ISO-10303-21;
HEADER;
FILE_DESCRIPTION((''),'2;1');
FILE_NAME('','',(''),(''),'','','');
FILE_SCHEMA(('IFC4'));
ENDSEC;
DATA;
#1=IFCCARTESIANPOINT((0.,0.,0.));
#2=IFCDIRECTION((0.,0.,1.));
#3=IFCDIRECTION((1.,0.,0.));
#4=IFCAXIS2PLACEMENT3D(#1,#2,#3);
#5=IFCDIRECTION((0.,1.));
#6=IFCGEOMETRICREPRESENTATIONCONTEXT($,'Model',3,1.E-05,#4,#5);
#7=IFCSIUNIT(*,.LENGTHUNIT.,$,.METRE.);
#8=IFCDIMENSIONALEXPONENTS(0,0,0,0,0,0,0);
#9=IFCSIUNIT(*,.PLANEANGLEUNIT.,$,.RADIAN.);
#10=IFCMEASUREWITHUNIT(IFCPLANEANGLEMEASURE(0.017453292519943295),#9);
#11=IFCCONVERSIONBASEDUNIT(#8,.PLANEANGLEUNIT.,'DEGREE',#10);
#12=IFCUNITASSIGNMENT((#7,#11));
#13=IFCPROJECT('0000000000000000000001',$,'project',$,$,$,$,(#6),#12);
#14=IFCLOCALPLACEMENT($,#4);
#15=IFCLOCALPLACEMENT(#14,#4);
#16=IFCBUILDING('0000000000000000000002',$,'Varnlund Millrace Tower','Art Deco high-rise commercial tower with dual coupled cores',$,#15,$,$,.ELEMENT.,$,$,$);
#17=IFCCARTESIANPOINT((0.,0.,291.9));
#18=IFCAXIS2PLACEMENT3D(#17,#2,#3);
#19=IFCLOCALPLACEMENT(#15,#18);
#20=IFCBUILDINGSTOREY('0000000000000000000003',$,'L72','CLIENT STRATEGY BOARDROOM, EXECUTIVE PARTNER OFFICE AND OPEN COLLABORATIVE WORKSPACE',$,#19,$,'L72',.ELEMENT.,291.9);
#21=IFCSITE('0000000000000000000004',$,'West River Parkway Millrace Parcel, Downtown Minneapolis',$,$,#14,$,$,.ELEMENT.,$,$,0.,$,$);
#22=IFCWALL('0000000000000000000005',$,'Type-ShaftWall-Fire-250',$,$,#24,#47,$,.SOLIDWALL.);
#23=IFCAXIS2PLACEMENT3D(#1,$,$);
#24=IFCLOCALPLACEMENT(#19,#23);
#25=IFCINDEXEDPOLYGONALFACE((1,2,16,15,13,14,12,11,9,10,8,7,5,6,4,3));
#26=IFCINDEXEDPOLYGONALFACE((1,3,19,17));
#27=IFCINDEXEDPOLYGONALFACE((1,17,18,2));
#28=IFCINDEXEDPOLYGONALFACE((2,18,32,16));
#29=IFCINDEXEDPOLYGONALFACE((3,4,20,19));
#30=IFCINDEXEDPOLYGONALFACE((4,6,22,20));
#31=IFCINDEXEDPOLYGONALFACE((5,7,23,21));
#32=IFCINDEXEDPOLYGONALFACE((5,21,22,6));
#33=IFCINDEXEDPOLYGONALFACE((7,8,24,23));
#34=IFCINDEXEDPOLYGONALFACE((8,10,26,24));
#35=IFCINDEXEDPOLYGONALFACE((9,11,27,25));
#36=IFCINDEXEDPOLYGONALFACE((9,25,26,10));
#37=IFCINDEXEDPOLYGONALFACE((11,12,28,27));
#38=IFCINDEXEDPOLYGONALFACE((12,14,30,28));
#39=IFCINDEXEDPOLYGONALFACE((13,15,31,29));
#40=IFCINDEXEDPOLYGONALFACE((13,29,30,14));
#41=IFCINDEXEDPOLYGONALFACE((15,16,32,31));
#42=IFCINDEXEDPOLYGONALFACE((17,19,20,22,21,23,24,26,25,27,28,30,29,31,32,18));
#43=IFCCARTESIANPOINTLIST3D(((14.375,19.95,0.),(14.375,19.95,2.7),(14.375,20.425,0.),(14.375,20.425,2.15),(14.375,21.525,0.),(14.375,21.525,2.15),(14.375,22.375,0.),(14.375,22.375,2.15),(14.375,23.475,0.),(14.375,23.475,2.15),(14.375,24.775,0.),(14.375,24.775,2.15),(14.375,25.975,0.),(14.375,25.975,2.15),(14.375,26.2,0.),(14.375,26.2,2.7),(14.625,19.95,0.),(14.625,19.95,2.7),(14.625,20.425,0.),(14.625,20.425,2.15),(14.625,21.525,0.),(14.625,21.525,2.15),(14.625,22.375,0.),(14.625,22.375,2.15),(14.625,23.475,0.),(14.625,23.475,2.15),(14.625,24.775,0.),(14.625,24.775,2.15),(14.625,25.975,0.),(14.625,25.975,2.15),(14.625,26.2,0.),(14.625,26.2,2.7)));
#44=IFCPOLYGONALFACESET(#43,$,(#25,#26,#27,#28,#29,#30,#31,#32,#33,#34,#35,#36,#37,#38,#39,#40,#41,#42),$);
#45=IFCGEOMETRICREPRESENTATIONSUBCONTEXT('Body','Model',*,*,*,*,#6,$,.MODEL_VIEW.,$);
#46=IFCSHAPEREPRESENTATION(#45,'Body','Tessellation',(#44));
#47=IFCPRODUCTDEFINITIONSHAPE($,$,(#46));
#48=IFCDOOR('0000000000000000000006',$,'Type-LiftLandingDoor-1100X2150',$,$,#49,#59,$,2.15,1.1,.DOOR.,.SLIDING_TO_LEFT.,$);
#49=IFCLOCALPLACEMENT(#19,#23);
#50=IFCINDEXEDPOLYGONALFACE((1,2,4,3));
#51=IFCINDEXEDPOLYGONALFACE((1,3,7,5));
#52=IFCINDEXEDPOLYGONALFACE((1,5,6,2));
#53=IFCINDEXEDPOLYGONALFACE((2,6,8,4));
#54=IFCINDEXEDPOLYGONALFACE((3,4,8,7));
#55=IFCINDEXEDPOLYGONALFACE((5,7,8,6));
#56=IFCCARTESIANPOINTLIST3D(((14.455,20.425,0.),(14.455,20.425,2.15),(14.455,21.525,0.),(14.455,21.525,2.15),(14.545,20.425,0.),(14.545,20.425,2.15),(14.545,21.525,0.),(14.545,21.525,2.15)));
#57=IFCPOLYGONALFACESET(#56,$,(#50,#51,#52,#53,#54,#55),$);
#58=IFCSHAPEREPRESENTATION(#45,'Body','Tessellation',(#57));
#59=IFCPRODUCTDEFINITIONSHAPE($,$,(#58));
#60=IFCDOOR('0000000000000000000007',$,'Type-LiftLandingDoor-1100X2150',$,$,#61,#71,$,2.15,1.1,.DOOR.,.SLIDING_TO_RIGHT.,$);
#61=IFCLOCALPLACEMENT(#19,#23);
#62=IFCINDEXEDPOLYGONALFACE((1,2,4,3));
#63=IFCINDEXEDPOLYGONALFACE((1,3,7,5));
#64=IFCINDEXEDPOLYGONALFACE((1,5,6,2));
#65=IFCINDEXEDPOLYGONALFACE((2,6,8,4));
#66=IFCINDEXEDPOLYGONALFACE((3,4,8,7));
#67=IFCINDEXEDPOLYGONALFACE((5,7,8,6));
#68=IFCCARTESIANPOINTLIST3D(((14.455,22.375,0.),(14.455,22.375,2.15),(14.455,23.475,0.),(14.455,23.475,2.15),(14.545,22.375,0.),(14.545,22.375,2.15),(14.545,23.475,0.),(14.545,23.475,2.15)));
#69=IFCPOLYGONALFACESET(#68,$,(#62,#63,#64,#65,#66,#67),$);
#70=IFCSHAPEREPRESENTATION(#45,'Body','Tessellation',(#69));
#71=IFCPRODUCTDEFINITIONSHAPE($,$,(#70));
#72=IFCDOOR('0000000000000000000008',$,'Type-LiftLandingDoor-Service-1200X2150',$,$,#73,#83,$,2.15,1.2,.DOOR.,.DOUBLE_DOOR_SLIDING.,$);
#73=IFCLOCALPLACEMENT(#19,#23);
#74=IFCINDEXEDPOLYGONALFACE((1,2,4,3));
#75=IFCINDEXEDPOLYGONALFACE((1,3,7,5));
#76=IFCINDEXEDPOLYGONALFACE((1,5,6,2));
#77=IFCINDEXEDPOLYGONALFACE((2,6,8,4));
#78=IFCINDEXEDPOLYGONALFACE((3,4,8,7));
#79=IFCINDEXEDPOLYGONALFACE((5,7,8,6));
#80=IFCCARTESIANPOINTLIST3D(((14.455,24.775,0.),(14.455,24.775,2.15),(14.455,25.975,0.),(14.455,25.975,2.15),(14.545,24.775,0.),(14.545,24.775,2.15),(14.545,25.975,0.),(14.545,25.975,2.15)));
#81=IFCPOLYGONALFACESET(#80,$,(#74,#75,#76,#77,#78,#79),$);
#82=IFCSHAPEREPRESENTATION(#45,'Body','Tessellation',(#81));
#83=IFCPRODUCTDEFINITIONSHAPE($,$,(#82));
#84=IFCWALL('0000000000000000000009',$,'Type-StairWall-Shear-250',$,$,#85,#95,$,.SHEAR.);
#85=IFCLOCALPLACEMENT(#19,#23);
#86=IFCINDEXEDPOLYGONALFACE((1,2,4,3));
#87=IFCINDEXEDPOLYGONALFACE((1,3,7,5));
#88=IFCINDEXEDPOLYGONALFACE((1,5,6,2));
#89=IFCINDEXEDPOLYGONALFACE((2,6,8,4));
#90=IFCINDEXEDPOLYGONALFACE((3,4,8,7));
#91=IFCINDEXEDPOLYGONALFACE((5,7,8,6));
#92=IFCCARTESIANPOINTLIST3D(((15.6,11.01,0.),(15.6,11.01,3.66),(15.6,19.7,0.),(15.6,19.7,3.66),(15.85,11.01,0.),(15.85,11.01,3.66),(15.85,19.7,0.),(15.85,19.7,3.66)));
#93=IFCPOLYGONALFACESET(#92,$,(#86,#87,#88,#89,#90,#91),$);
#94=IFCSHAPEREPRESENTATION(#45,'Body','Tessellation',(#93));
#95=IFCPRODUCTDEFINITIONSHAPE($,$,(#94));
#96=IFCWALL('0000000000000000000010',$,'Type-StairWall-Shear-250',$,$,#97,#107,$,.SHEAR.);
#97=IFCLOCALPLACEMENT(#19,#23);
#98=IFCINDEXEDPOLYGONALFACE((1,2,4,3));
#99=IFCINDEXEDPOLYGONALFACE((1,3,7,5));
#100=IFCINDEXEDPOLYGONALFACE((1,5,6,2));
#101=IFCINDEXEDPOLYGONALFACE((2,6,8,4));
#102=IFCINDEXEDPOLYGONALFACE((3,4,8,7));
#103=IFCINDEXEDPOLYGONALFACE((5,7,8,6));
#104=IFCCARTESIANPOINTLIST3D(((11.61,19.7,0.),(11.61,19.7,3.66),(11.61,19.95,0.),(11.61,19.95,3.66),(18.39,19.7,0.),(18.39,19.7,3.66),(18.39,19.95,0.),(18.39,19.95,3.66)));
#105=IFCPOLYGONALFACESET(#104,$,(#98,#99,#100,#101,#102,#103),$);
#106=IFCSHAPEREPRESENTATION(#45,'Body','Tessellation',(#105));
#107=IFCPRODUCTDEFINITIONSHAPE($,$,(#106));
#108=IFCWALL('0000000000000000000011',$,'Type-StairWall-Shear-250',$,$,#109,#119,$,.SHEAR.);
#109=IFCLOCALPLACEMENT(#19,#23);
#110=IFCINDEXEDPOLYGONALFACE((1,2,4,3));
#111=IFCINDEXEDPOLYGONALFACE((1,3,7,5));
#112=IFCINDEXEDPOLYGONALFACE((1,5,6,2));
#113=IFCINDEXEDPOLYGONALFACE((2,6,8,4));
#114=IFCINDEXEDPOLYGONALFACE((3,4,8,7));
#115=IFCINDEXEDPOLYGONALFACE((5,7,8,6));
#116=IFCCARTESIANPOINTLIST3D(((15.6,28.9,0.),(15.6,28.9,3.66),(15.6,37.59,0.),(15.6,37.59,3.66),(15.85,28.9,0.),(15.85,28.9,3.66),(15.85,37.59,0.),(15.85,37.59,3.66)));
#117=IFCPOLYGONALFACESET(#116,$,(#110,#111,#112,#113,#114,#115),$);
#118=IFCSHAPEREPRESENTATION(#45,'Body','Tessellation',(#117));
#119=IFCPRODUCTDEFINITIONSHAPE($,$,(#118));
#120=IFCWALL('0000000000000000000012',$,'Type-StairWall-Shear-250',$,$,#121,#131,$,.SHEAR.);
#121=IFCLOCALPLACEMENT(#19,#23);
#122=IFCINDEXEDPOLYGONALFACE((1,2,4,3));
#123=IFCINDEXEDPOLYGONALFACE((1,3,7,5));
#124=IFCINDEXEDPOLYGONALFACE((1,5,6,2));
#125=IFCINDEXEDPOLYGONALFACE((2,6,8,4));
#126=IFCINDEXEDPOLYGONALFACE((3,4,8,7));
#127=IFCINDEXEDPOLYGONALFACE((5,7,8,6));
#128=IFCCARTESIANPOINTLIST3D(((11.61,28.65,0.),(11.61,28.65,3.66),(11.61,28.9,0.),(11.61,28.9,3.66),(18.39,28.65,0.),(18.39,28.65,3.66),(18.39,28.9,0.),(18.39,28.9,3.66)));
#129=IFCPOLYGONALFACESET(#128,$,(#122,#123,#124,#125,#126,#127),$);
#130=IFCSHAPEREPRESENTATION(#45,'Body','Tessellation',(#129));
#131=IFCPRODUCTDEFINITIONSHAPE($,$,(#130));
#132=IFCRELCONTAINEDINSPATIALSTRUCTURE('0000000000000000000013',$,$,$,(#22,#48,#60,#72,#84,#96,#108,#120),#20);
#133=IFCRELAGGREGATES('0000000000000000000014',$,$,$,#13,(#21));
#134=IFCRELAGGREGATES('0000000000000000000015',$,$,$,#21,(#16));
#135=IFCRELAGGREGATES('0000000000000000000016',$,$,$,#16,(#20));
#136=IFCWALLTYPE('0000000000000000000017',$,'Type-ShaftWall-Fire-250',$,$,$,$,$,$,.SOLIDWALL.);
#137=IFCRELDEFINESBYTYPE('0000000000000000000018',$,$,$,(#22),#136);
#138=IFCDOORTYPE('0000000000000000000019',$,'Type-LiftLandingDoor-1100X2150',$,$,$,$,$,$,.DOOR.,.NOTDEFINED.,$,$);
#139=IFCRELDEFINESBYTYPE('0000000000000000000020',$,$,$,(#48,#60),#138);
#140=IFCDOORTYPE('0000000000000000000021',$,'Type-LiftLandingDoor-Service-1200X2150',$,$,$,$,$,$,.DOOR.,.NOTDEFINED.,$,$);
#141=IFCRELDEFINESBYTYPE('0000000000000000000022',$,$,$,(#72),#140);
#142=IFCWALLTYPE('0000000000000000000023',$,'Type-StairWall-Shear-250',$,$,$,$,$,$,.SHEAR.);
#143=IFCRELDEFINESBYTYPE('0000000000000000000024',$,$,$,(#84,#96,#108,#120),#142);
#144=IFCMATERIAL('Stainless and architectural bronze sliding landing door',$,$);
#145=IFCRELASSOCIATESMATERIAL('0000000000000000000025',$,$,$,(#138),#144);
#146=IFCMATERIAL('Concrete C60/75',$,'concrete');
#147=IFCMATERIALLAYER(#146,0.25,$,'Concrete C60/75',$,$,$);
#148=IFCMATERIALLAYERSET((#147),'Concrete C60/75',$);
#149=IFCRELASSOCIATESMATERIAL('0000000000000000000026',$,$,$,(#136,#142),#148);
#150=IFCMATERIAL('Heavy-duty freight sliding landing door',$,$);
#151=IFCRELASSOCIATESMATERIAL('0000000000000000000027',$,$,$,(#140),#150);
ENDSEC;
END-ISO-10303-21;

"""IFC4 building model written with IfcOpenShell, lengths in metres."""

from ifc_helpers import new_model, entity, si_unit, converted_unit, direction, frame, origin_with_axes, origin_2d_with_axis, place, context, subcontext, project, spatial, polyline, rectangle, outline, extrude, material, layer, layer_set, type_object, element, fill, save


model = new_model("IFC4")

# Units and contexts
model_context = context("Model", 3, precision=1e-05, world=origin_with_axes(), true_north=direction((0.0, 1.0)))
body_context = subcontext(model_context, "Body", "Model", "MODEL_VIEW")
ifc_project = project(units=[si_unit("LENGTHUNIT", "METRE"), converted_unit("PLANEANGLEUNIT", "DEGREE", entity("IfcPlaneAngleMeasure", 0.017453292519943295), si_unit("PLANEANGLEUNIT", "RADIAN"), dimensions=[0, 0, 0, 0, 0, 0, 0])], contexts=[model_context])

# Site, building, storey
site_placement = place(None, origin_with_axes())
site = spatial("IfcSite", under=ifc_project, at=site_placement, Name="West River Parkway Millrace Parcel, Downtown Minneapolis", CompositionType="ELEMENT", RefElevation=0.0)
building_placement = place(site_placement, origin_with_axes())
building = spatial("IfcBuilding", under=site, at=building_placement, Name="Varnlund Millrace Tower", Description="Art Deco high-rise commercial tower with dual coupled cores", CompositionType="ELEMENT")
storey_placement = place(building_placement, frame((0.0, 0.0, 291.9), z_axis=(0.0, 0.0, 1.0), x_axis=(1.0, 0.0, 0.0)))
storey = spatial("IfcBuildingStorey", under=building, at=storey_placement, Name="L72", Description="CLIENT STRATEGY BOARDROOM, EXECUTIVE PARTNER OFFICE AND OPEN COLLABORATIVE WORKSPACE", LongName="L72", CompositionType="ELEMENT", Elevation=291.9)

# Shared definitions
ifc_material_1 = material(Name="Concrete C60/75", Category="concrete")

# Shared definitions
ifc_material_2 = material(Name="Stainless and architectural bronze sliding landing door")
door_type_1 = type_object("IfcDoorType", Name="Type-LiftLandingDoor-1100X2150", OperationType="NOTDEFINED", PredefinedType="DOOR", material=ifc_material_2)

# Wall, openings, doors
ifc_layer_1 = layer(ifc_material_1, 0.25, Name="Concrete C60/75")
ifc_layer_set_1 = layer_set([ifc_layer_1], Name="Concrete C60/75")
wall_type_1 = type_object("IfcWallType", Name="Type-ShaftWall-Fire-250", PredefinedType="SOLIDWALL", material=ifc_layer_set_1)
wall_1_placement = place(storey_placement, frame((14.5, 19.95, 0.0), z_axis=(0.0, 0.0, 1.0), x_axis=(0.0, 1.0, 0.0)))
wall_1 = element("IfcWall", 1, at=wall_1_placement, inside=storey, type_object=wall_type_1, Name="Type-ShaftWall-Fire-250", PredefinedType="SOLIDWALL", context=body_context, shape_type="SweptSolid", body=[
    extrude(outline(polyline([(0.0, -0.125), (6.25, -0.125), (6.25, 0.125), (0.0, 0.125), (0.0, -0.125)])), origin_with_axes(), (0.0, 0.0, 1.0), 2.7),
])
opening_1_placement = place(wall_1_placement, frame((1.025, 0.0, 0.0), z_axis=(0.0, 0.0, 1.0), x_axis=(1.0, 0.0, 0.0)))
opening_1 = element("IfcOpeningElement", 2, at=opening_1_placement, cuts=wall_1, PredefinedType="OPENING", context=body_context, shape_type="SweptSolid", body=[
    extrude(rectangle(XDim=1.1, YDim=0.27, at=origin_2d_with_axis()), origin_with_axes(), (0.0, 0.0, 1.0), 2.15),
])
opening_2_placement = place(wall_1_placement, frame((2.975, 0.0, 0.0), z_axis=(0.0, 0.0, 1.0), x_axis=(1.0, 0.0, 0.0)))
opening_2 = element("IfcOpeningElement", 3, at=opening_2_placement, cuts=wall_1, PredefinedType="OPENING", context=body_context, shape_type="SweptSolid", body=[
    extrude(rectangle(XDim=1.1, YDim=0.27, at=origin_2d_with_axis()), origin_with_axes(), (0.0, 0.0, 1.0), 2.15),
])
opening_3_placement = place(wall_1_placement, frame((5.425, 0.0, 0.0), z_axis=(0.0, 0.0, 1.0), x_axis=(1.0, 0.0, 0.0)))
opening_3 = element("IfcOpeningElement", 4, at=opening_3_placement, cuts=wall_1, PredefinedType="OPENING", context=body_context, shape_type="SweptSolid", body=[
    extrude(rectangle(XDim=1.2, YDim=0.27, at=origin_2d_with_axis()), origin_with_axes(), (0.0, 0.0, 1.0), 2.15),
])
door_1_placement = place(wall_1_placement, frame((1.025, 0.0, 0.0), z_axis=(0.0, 0.0, 1.0), x_axis=(1.0, 0.0, 0.0)))
door_1 = element("IfcDoor", 5, at=door_1_placement, inside=storey, type_object=door_type_1, Name="Type-LiftLandingDoor-1100X2150", OperationType="SLIDING_TO_LEFT", OverallHeight=2.15, OverallWidth=1.1, PredefinedType="DOOR", context=body_context, shape_type="SweptSolid", body=[
    extrude(rectangle(XDim=1.1, YDim=0.09, at=origin_2d_with_axis()), origin_with_axes(), (0.0, 0.0, 1.0), 2.15),
])
fill(opening_1, door_1)
door_2_placement = place(wall_1_placement, frame((2.975, 0.0, 0.0), z_axis=(0.0, 0.0, 1.0), x_axis=(1.0, 0.0, 0.0)))
door_2 = element("IfcDoor", 6, at=door_2_placement, inside=storey, type_object=door_type_1, Name="Type-LiftLandingDoor-1100X2150", OperationType="SLIDING_TO_RIGHT", OverallHeight=2.15, OverallWidth=1.1, PredefinedType="DOOR", context=body_context, shape_type="SweptSolid", body=[
    extrude(rectangle(XDim=1.1, YDim=0.09, at=origin_2d_with_axis()), origin_with_axes(), (0.0, 0.0, 1.0), 2.15),
])
fill(opening_2, door_2)
ifc_material_3 = material(Name="Heavy-duty freight sliding landing door")
door_type_2 = type_object("IfcDoorType", Name="Type-LiftLandingDoor-Service-1200X2150", OperationType="NOTDEFINED", PredefinedType="DOOR", material=ifc_material_3)
door_3_placement = place(wall_1_placement, frame((5.425, 0.0, 0.0), z_axis=(0.0, 0.0, 1.0), x_axis=(1.0, 0.0, 0.0)))
door_3 = element("IfcDoor", 7, at=door_3_placement, inside=storey, type_object=door_type_2, Name="Type-LiftLandingDoor-Service-1200X2150", OperationType="DOUBLE_DOOR_SLIDING", OverallHeight=2.15, OverallWidth=1.2, PredefinedType="DOOR", context=body_context, shape_type="SweptSolid", body=[
    extrude(rectangle(XDim=1.2, YDim=0.09, at=origin_2d_with_axis()), origin_with_axes(), (0.0, 0.0, 1.0), 2.15),
])
fill(opening_3, door_3)

# Walls
wall_type_2 = type_object("IfcWallType", Name="Type-StairWall-Shear-250", PredefinedType="SHEAR", material=ifc_layer_set_1)
wall_2_placement = place(storey_placement, frame((15.725, 11.01, 0.0), z_axis=(0.0, 0.0, 1.0), x_axis=(0.0, 1.0, 0.0)))
element("IfcWall", 8, at=wall_2_placement, inside=storey, type_object=wall_type_2, Name="Type-StairWall-Shear-250", PredefinedType="SHEAR", context=body_context, shape_type="SweptSolid", body=[
    extrude(outline(polyline([(0.0, -0.125), (8.69, -0.125), (8.69, 0.125), (0.0, 0.125), (0.0, -0.125)])), origin_with_axes(), (0.0, 0.0, 1.0), 3.66),
])
wall_3_placement = place(storey_placement, frame((11.61, 19.825, 0.0), z_axis=(0.0, 0.0, 1.0), x_axis=(1.0, 0.0, 0.0)))
element("IfcWall", 9, at=wall_3_placement, inside=storey, type_object=wall_type_2, Name="Type-StairWall-Shear-250", PredefinedType="SHEAR", context=body_context, shape_type="SweptSolid", body=[
    extrude(outline(polyline([(0.0, -0.125), (6.78, -0.125), (6.78, 0.125), (0.0, 0.125), (0.0, -0.125)])), origin_with_axes(), (0.0, 0.0, 1.0), 3.66),
])
wall_4_placement = place(storey_placement, frame((15.725, 28.9, 0.0), z_axis=(0.0, 0.0, 1.0), x_axis=(0.0, 1.0, 0.0)))
element("IfcWall", 10, at=wall_4_placement, inside=storey, type_object=wall_type_2, Name="Type-StairWall-Shear-250", PredefinedType="SHEAR", context=body_context, shape_type="SweptSolid", body=[
    extrude(outline(polyline([(0.0, -0.125), (8.69, -0.125), (8.69, 0.125), (0.0, 0.125), (0.0, -0.125)])), origin_with_axes(), (0.0, 0.0, 1.0), 3.66),
])
wall_5_placement = place(storey_placement, frame((11.61, 28.775, 0.0), z_axis=(0.0, 0.0, 1.0), x_axis=(1.0, 0.0, 0.0)))
element("IfcWall", 11, at=wall_5_placement, inside=storey, type_object=wall_type_2, Name="Type-StairWall-Shear-250", PredefinedType="SHEAR", context=body_context, shape_type="SweptSolid", body=[
    extrude(outline(polyline([(0.0, -0.125), (6.78, -0.125), (6.78, 0.125), (0.0, 0.125), (0.0, -0.125)])), origin_with_axes(), (0.0, 0.0, 1.0), 3.66),
])

save(model, "model.ifc")
